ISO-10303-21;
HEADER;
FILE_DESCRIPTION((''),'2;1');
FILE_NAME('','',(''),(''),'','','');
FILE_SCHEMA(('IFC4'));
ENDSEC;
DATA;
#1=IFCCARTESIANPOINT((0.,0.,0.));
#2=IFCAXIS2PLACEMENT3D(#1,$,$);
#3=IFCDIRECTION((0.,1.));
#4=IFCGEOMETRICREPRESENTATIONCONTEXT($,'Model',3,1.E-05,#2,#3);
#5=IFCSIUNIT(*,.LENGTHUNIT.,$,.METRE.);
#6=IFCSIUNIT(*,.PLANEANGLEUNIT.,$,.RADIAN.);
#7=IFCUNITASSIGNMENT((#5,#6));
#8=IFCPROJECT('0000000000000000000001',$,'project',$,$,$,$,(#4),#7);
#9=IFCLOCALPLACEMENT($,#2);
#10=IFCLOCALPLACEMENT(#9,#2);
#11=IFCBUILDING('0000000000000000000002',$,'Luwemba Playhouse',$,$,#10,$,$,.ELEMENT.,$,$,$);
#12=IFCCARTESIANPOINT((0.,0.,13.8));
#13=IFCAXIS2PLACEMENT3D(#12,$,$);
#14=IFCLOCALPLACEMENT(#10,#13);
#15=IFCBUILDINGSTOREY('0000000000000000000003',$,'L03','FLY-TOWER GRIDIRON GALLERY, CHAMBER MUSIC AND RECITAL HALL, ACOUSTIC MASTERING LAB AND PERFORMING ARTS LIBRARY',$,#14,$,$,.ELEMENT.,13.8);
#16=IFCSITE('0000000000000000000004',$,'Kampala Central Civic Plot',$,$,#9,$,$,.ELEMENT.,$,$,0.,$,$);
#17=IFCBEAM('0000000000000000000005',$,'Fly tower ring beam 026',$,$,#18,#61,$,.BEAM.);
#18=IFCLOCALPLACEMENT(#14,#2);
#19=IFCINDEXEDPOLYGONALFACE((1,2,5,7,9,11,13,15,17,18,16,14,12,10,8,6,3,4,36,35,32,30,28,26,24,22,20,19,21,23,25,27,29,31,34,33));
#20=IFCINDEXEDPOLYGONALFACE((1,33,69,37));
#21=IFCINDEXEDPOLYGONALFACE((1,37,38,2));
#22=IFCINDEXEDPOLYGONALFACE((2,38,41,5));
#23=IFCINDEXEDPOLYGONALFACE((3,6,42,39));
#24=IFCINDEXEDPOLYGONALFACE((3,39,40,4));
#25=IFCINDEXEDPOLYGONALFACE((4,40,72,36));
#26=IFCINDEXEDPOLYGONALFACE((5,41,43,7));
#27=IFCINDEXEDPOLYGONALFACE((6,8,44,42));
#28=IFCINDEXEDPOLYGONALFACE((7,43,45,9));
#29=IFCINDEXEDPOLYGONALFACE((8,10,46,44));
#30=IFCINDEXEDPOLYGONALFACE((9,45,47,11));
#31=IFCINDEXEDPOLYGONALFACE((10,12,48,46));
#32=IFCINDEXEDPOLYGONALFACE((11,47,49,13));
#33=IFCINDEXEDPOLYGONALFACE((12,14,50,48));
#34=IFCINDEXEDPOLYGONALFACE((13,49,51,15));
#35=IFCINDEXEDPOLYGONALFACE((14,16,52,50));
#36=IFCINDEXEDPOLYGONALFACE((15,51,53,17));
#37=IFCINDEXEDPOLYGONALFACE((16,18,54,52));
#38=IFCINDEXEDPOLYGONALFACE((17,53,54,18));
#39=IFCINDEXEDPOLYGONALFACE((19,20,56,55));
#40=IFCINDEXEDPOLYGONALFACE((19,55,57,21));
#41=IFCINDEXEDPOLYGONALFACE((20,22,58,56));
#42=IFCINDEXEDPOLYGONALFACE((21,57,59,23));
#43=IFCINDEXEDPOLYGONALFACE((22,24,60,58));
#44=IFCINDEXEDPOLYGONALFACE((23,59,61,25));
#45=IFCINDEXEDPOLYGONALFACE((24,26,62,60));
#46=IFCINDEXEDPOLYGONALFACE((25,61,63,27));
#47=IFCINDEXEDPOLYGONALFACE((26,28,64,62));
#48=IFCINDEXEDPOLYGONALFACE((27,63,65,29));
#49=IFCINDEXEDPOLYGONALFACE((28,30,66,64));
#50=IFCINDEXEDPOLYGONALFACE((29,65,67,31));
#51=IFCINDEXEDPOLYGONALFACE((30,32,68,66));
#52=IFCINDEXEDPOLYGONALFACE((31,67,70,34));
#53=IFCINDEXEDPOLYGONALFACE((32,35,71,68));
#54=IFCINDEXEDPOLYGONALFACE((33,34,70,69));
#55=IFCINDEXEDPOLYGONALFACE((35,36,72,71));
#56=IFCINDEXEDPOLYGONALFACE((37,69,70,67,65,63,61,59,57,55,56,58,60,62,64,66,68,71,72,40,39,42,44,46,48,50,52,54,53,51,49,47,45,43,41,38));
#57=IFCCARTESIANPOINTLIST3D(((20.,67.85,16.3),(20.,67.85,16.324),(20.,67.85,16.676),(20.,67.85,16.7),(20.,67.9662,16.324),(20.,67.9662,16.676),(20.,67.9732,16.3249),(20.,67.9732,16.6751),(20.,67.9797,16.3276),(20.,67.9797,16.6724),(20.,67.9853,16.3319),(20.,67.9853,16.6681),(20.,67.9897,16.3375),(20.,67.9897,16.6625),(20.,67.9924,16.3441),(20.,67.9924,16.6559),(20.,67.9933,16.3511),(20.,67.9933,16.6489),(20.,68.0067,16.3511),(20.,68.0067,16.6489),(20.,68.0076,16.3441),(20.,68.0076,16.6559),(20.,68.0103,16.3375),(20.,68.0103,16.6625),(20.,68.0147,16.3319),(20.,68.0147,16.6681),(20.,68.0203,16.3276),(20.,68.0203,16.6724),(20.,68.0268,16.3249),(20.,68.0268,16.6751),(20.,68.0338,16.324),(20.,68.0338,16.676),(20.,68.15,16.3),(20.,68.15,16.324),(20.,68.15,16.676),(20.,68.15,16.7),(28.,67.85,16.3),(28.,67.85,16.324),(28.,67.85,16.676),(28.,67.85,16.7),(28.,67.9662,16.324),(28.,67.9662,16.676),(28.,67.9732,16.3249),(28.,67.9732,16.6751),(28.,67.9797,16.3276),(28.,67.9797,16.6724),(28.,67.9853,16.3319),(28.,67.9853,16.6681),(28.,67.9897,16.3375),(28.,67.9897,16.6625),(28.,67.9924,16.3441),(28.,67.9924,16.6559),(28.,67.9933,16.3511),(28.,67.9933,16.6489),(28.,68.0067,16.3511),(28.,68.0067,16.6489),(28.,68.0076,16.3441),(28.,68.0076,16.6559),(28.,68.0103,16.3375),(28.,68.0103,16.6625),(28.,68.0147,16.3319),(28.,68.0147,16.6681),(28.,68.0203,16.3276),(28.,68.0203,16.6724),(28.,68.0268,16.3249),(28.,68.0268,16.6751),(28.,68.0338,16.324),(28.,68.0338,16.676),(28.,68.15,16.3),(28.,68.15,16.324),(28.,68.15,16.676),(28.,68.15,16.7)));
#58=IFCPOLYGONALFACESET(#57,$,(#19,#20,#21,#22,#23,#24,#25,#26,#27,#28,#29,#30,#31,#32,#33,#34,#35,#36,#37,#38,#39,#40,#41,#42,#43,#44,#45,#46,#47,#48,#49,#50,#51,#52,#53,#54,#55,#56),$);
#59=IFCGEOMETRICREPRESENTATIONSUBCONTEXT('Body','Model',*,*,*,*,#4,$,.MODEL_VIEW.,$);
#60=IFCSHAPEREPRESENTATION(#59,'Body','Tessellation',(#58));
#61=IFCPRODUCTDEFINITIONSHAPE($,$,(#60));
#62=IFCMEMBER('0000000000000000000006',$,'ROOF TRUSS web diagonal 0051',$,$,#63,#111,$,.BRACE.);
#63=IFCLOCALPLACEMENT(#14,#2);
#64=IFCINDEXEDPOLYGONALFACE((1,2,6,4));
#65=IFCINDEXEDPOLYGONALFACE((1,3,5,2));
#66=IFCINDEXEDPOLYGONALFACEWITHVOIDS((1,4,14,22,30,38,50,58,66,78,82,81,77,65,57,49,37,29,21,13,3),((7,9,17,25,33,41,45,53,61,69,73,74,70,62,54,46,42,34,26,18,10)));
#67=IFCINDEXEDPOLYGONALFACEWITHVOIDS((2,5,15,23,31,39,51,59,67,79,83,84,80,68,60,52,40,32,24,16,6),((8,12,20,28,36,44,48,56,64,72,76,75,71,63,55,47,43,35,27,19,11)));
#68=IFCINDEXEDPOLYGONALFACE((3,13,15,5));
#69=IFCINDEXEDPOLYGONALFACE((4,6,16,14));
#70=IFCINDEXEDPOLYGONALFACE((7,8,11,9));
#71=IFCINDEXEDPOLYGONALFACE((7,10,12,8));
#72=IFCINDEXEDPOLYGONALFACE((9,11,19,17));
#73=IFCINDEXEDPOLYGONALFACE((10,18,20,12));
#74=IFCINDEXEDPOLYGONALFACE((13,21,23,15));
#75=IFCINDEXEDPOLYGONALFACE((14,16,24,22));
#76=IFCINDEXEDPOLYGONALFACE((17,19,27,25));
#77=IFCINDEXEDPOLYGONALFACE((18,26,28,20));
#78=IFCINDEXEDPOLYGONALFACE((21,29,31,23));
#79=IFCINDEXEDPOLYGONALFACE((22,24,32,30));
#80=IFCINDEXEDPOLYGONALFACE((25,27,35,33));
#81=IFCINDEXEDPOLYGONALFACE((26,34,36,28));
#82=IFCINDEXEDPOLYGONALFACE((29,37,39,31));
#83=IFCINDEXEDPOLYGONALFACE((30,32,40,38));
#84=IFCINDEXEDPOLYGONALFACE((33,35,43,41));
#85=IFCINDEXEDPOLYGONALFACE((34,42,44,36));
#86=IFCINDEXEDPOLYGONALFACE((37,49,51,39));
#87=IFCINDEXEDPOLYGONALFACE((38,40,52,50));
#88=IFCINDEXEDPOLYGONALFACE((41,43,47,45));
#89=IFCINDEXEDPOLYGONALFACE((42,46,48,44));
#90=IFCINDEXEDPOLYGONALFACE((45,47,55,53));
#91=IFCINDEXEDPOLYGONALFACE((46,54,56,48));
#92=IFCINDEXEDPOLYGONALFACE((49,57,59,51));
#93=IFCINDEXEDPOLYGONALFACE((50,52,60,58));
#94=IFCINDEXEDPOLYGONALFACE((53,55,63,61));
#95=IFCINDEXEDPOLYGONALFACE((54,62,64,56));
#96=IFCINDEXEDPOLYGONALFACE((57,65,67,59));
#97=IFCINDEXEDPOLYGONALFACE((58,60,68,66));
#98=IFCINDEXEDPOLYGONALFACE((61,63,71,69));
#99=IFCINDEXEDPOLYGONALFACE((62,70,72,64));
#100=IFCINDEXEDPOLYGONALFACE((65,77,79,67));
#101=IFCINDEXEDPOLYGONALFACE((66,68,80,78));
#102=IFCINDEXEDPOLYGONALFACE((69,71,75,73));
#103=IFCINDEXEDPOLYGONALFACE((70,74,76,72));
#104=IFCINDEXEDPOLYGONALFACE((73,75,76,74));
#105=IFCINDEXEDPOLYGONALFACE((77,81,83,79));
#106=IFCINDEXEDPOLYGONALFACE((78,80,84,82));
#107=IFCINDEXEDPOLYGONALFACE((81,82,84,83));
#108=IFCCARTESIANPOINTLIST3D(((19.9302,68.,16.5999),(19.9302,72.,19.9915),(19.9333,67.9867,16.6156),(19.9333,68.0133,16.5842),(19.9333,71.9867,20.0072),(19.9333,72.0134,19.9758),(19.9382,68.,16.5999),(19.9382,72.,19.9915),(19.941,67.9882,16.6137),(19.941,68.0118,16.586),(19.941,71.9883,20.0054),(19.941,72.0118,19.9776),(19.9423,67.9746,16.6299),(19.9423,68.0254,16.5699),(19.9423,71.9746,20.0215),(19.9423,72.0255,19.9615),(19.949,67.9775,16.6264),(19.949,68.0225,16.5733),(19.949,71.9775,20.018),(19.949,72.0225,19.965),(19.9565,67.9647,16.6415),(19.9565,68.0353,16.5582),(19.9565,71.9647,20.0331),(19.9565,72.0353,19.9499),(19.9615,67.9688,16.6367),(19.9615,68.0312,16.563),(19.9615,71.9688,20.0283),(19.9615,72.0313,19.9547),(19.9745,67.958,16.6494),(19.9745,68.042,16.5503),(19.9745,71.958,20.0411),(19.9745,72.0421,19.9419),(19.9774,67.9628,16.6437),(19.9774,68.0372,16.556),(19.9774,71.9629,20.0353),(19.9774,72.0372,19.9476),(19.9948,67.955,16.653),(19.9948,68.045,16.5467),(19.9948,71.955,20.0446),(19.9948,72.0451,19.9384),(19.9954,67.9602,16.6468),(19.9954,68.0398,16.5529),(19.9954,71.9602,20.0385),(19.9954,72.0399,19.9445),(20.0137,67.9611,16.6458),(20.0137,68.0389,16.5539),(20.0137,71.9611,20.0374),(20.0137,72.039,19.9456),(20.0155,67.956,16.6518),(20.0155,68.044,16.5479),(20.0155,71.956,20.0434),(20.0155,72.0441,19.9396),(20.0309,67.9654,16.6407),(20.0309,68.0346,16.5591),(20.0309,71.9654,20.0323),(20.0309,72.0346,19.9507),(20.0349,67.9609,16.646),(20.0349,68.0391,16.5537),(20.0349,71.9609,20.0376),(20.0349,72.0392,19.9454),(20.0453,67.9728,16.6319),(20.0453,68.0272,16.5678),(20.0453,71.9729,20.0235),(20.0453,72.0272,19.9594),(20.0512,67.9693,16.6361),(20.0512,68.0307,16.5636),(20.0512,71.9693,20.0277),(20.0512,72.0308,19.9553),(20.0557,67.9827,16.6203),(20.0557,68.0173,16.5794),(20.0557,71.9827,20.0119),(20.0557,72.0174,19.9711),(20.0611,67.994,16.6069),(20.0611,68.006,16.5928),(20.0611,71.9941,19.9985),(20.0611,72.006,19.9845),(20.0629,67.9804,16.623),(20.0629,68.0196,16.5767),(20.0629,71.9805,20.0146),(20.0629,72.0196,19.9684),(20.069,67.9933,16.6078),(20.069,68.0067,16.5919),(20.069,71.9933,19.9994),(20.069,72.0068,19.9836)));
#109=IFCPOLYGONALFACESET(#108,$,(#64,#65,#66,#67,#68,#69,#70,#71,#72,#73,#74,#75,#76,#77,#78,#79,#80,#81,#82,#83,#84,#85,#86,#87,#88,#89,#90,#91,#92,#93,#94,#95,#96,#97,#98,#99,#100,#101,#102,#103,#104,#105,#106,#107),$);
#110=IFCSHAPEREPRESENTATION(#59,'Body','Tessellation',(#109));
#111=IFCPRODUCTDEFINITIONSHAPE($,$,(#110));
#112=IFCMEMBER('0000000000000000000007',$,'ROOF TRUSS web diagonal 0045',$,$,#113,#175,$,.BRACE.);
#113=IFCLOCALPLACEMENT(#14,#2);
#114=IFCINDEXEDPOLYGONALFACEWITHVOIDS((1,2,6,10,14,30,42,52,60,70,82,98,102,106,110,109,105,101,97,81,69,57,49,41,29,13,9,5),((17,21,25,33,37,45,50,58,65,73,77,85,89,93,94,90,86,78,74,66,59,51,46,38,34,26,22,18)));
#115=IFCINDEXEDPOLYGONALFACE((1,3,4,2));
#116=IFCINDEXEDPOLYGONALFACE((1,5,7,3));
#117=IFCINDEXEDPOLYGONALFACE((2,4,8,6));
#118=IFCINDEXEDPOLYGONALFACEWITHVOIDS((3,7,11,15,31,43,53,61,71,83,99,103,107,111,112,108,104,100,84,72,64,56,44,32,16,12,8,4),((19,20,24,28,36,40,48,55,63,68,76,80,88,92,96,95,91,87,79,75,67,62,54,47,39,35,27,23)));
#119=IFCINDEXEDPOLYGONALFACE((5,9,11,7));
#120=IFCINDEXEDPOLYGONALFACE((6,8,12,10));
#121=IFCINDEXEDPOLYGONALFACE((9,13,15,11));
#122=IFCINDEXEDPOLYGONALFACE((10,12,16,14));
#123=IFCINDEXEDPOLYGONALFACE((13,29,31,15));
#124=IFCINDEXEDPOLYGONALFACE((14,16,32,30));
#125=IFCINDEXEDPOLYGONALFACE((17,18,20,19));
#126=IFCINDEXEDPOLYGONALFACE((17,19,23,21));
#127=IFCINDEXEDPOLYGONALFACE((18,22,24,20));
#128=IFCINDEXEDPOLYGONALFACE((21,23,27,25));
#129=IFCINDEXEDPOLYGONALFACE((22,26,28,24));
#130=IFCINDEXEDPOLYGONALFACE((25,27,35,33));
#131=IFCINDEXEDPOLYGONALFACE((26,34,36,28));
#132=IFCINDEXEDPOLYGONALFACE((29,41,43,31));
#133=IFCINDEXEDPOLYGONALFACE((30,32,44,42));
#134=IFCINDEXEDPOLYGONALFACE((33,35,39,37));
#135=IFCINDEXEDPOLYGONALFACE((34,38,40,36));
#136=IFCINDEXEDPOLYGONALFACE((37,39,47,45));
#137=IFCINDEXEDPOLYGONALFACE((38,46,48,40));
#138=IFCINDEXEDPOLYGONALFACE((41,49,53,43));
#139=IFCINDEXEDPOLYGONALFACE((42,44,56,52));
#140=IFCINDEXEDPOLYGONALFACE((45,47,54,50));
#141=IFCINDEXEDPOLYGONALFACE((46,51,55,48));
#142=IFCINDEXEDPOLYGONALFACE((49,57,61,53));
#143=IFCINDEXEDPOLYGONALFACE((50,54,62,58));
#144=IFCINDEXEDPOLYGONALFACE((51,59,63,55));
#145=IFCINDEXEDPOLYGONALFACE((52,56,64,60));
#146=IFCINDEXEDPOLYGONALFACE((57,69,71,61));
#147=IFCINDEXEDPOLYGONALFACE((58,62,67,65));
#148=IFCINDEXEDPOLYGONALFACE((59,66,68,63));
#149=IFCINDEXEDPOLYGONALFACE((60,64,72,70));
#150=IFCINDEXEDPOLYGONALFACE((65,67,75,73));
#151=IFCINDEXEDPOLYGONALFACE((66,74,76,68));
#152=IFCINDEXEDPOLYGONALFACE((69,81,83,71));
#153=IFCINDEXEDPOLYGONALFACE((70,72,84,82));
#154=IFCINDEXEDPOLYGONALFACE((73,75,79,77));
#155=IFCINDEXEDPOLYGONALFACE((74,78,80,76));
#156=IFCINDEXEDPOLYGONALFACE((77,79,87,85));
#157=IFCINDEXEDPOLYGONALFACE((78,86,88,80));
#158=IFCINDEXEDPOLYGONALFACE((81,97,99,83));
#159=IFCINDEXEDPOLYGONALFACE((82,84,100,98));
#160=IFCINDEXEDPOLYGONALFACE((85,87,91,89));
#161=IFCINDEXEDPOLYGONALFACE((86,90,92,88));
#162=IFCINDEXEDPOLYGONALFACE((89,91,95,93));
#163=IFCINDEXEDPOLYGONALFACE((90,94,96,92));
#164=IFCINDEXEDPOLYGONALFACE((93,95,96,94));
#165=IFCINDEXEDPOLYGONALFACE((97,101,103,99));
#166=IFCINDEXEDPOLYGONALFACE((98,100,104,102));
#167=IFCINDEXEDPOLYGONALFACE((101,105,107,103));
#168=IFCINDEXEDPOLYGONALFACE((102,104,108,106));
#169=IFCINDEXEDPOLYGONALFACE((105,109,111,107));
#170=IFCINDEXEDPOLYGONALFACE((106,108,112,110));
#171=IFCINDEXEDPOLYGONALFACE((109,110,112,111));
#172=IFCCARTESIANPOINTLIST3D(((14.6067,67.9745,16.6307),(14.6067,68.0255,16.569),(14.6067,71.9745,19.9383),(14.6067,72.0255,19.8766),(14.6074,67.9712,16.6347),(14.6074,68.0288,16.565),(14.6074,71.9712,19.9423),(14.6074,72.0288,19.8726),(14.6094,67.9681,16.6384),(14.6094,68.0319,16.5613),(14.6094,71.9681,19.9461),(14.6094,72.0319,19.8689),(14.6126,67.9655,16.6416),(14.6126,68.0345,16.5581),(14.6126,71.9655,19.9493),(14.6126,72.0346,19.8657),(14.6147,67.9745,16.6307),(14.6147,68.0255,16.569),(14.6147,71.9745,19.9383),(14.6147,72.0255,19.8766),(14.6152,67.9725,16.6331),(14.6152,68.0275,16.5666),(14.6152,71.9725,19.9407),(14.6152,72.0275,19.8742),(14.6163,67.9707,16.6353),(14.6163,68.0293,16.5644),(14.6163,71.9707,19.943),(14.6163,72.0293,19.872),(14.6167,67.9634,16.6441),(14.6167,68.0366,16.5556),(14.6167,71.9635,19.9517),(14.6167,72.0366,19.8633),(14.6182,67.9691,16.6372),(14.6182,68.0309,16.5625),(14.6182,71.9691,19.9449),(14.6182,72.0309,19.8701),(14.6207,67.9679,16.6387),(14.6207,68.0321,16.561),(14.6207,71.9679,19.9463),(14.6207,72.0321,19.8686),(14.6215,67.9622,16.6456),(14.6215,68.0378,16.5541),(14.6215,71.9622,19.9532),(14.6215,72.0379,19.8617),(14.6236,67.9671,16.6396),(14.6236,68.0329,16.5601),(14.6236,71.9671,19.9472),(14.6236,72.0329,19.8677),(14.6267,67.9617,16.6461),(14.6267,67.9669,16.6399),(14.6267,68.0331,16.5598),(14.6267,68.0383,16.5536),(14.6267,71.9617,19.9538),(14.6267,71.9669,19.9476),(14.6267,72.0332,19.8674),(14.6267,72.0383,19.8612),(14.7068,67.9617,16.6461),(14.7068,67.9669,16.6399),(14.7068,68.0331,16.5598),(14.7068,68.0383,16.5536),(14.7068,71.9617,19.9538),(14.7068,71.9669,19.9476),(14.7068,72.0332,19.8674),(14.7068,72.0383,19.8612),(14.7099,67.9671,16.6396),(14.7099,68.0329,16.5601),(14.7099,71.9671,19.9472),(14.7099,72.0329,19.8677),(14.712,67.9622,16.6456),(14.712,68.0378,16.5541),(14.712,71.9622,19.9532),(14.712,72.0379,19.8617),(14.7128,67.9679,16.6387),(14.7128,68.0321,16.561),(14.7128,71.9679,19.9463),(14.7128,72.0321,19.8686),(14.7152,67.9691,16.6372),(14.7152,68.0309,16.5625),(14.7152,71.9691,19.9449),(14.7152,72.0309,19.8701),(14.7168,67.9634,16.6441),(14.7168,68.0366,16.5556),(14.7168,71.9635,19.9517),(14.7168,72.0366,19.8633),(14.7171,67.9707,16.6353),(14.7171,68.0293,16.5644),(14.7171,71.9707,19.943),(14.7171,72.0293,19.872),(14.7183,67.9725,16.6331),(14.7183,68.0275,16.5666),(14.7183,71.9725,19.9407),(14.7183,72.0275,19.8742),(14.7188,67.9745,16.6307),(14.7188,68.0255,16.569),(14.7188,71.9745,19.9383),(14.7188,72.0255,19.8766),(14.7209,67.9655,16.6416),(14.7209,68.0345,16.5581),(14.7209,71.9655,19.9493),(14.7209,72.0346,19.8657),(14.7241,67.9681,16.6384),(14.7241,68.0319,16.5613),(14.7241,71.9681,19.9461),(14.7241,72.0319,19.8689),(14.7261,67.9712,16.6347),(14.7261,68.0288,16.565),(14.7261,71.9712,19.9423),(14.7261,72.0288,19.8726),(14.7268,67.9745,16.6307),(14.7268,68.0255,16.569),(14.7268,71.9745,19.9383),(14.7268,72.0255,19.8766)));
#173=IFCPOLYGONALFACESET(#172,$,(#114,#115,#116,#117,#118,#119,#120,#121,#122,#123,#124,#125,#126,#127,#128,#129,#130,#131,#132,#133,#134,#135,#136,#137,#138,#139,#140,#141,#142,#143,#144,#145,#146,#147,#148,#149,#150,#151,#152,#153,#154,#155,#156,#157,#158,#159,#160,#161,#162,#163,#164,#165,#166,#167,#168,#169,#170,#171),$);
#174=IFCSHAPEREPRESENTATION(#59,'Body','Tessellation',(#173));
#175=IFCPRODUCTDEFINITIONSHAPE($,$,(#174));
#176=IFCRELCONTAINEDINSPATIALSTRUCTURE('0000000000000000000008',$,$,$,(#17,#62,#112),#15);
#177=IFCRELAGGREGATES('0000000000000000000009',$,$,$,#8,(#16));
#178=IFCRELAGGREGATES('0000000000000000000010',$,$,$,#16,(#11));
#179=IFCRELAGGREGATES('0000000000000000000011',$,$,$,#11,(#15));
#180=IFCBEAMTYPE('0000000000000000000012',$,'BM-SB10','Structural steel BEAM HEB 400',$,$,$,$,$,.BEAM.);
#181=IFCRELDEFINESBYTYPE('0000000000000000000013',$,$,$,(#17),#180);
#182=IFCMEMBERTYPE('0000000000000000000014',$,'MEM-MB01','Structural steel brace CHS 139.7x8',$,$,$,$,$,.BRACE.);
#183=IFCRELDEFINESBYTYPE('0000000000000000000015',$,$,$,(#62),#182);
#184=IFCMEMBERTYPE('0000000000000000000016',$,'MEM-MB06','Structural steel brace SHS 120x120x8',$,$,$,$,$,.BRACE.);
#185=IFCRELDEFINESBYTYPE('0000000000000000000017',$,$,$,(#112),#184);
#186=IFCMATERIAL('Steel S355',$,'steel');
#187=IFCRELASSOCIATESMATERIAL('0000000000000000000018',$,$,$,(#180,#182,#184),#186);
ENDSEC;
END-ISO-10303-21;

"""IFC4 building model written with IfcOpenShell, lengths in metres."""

from ifc_helpers import new_model, si_unit, direction, frame, origin, origin_2d, place, context, subcontext, project, spatial, hollow_rectangle, hollow_circle, i_section, extrude, material, material_profile, profile_set, type_object, element, save


model = new_model("IFC4")

# Units and contexts
model_context = context("Model", 3, precision=1e-05, world=origin(), true_north=direction((0.0, 1.0)))
body_context = subcontext(model_context, "Body", "Model", "MODEL_VIEW")
ifc_project = project(units=[si_unit("LENGTHUNIT", "METRE"), si_unit("PLANEANGLEUNIT", "RADIAN")], contexts=[model_context])

# Site, building, storey
site_placement = place(None, origin())
site = spatial("IfcSite", under=ifc_project, at=site_placement, Name="Kampala Central Civic Plot", CompositionType="ELEMENT", RefElevation=0.0)
building_placement = place(site_placement, origin())
building = spatial("IfcBuilding", under=site, at=building_placement, Name="Luwemba Playhouse", CompositionType="ELEMENT")
storey_placement = place(building_placement, frame((0.0, 0.0, 13.8)))
storey = spatial("IfcBuildingStorey", under=building, at=storey_placement, Name="L03", Description="FLY-TOWER GRIDIRON GALLERY, CHAMBER MUSIC AND RECITAL HALL, ACOUSTIC MASTERING LAB AND PERFORMING ARTS LIBRARY", CompositionType="ELEMENT", Elevation=13.8)

# Shared definitions
ifc_material_1 = material(Name="Steel S355", Category="steel")

# Beam
ifc_material_profile_1 = material_profile(ifc_material_1, i_section(OverallWidth=0.3, OverallDepth=0.3999, WebThickness=0.0134, FlangeThickness=0.0239, FilletRadius=0.0271, at=origin_2d()))
ifc_profile_set_1 = profile_set([ifc_material_profile_1], Name="Steel S355")
beam_type_1 = type_object("IfcBeamType", Name="BM-SB10", Description="Structural steel BEAM HEB 400", PredefinedType="BEAM", material=ifc_profile_set_1)
for number, where, z_axis, x_axis, name in (
    (1, (20.0, 68.0, 16.5), (1.0, 0.0, 0.0), (0.0, 1.0, 0.0), "Fly tower ring beam 026"),
):
    element("IfcBeam", number, at=place(storey_placement, frame(where, z_axis=z_axis, x_axis=x_axis)), inside=storey, type_object=beam_type_1, Name=name, PredefinedType="BEAM", context=body_context, shape_type="SweptSolid", body=[
        extrude(i_section(OverallWidth=0.3, OverallDepth=0.3999, WebThickness=0.0134, FlangeThickness=0.0239, FilletRadius=0.0271, at=origin_2d()), origin(), (0.0, 0.0, 1.0), 8.0),
    ])

# Members
ifc_material_profile_2 = material_profile(ifc_material_1, hollow_circle(Radius=0.0698, WallThickness=0.0081, at=origin_2d()))
ifc_profile_set_2 = profile_set([ifc_material_profile_2], Name="Steel S355")
member_type_1 = type_object("IfcMemberType", Name="MEM-MB01", Description="Structural steel brace CHS 139.7x8", PredefinedType="BRACE", material=ifc_profile_set_2)
member_1_placement = place(storey_placement, frame((20.0, 68.0, 16.5999), z_axis=(0.0, 0.762729, 0.646718), x_axis=(-1.0, 0.0, 0.0)))
element("IfcMember", 2, at=member_1_placement, inside=storey, type_object=member_type_1, Name="ROOF TRUSS web diagonal 0051", PredefinedType="BRACE", context=body_context, shape_type="SweptSolid", body=[
    extrude(hollow_circle(Radius=0.0698, WallThickness=0.0081, at=origin_2d()), origin(), (0.0, 0.0, 1.0), 5.2444),
])
ifc_material_profile_3 = material_profile(ifc_material_1, hollow_rectangle(XDim=0.1201, YDim=0.1201, WallThickness=0.0081, InnerFilletRadius=0.012, OuterFilletRadius=0.02, at=origin_2d()))
ifc_profile_set_3 = profile_set([ifc_material_profile_3], Name="Steel S355")
member_type_2 = type_object("IfcMemberType", Name="MEM-MB06", Description="Structural steel brace SHS 120x120x8", PredefinedType="BRACE", material=ifc_profile_set_3)
member_2_placement = place(storey_placement, frame((14.6667, 68.0, 16.5999), z_axis=(0.0, 0.770652, 0.637256), x_axis=(-1.0, 0.0, 0.0)))
element("IfcMember", 3, at=member_2_placement, inside=storey, type_object=member_type_2, Name="ROOF TRUSS web diagonal 0045", PredefinedType="BRACE", context=body_context, shape_type="SweptSolid", body=[
    extrude(hollow_rectangle(XDim=0.1201, YDim=0.1201, WallThickness=0.0081, InnerFilletRadius=0.012, OuterFilletRadius=0.02, at=origin_2d()), origin(), (0.0, 0.0, 1.0), 5.1904),
])

save(model, "model.ifc")
